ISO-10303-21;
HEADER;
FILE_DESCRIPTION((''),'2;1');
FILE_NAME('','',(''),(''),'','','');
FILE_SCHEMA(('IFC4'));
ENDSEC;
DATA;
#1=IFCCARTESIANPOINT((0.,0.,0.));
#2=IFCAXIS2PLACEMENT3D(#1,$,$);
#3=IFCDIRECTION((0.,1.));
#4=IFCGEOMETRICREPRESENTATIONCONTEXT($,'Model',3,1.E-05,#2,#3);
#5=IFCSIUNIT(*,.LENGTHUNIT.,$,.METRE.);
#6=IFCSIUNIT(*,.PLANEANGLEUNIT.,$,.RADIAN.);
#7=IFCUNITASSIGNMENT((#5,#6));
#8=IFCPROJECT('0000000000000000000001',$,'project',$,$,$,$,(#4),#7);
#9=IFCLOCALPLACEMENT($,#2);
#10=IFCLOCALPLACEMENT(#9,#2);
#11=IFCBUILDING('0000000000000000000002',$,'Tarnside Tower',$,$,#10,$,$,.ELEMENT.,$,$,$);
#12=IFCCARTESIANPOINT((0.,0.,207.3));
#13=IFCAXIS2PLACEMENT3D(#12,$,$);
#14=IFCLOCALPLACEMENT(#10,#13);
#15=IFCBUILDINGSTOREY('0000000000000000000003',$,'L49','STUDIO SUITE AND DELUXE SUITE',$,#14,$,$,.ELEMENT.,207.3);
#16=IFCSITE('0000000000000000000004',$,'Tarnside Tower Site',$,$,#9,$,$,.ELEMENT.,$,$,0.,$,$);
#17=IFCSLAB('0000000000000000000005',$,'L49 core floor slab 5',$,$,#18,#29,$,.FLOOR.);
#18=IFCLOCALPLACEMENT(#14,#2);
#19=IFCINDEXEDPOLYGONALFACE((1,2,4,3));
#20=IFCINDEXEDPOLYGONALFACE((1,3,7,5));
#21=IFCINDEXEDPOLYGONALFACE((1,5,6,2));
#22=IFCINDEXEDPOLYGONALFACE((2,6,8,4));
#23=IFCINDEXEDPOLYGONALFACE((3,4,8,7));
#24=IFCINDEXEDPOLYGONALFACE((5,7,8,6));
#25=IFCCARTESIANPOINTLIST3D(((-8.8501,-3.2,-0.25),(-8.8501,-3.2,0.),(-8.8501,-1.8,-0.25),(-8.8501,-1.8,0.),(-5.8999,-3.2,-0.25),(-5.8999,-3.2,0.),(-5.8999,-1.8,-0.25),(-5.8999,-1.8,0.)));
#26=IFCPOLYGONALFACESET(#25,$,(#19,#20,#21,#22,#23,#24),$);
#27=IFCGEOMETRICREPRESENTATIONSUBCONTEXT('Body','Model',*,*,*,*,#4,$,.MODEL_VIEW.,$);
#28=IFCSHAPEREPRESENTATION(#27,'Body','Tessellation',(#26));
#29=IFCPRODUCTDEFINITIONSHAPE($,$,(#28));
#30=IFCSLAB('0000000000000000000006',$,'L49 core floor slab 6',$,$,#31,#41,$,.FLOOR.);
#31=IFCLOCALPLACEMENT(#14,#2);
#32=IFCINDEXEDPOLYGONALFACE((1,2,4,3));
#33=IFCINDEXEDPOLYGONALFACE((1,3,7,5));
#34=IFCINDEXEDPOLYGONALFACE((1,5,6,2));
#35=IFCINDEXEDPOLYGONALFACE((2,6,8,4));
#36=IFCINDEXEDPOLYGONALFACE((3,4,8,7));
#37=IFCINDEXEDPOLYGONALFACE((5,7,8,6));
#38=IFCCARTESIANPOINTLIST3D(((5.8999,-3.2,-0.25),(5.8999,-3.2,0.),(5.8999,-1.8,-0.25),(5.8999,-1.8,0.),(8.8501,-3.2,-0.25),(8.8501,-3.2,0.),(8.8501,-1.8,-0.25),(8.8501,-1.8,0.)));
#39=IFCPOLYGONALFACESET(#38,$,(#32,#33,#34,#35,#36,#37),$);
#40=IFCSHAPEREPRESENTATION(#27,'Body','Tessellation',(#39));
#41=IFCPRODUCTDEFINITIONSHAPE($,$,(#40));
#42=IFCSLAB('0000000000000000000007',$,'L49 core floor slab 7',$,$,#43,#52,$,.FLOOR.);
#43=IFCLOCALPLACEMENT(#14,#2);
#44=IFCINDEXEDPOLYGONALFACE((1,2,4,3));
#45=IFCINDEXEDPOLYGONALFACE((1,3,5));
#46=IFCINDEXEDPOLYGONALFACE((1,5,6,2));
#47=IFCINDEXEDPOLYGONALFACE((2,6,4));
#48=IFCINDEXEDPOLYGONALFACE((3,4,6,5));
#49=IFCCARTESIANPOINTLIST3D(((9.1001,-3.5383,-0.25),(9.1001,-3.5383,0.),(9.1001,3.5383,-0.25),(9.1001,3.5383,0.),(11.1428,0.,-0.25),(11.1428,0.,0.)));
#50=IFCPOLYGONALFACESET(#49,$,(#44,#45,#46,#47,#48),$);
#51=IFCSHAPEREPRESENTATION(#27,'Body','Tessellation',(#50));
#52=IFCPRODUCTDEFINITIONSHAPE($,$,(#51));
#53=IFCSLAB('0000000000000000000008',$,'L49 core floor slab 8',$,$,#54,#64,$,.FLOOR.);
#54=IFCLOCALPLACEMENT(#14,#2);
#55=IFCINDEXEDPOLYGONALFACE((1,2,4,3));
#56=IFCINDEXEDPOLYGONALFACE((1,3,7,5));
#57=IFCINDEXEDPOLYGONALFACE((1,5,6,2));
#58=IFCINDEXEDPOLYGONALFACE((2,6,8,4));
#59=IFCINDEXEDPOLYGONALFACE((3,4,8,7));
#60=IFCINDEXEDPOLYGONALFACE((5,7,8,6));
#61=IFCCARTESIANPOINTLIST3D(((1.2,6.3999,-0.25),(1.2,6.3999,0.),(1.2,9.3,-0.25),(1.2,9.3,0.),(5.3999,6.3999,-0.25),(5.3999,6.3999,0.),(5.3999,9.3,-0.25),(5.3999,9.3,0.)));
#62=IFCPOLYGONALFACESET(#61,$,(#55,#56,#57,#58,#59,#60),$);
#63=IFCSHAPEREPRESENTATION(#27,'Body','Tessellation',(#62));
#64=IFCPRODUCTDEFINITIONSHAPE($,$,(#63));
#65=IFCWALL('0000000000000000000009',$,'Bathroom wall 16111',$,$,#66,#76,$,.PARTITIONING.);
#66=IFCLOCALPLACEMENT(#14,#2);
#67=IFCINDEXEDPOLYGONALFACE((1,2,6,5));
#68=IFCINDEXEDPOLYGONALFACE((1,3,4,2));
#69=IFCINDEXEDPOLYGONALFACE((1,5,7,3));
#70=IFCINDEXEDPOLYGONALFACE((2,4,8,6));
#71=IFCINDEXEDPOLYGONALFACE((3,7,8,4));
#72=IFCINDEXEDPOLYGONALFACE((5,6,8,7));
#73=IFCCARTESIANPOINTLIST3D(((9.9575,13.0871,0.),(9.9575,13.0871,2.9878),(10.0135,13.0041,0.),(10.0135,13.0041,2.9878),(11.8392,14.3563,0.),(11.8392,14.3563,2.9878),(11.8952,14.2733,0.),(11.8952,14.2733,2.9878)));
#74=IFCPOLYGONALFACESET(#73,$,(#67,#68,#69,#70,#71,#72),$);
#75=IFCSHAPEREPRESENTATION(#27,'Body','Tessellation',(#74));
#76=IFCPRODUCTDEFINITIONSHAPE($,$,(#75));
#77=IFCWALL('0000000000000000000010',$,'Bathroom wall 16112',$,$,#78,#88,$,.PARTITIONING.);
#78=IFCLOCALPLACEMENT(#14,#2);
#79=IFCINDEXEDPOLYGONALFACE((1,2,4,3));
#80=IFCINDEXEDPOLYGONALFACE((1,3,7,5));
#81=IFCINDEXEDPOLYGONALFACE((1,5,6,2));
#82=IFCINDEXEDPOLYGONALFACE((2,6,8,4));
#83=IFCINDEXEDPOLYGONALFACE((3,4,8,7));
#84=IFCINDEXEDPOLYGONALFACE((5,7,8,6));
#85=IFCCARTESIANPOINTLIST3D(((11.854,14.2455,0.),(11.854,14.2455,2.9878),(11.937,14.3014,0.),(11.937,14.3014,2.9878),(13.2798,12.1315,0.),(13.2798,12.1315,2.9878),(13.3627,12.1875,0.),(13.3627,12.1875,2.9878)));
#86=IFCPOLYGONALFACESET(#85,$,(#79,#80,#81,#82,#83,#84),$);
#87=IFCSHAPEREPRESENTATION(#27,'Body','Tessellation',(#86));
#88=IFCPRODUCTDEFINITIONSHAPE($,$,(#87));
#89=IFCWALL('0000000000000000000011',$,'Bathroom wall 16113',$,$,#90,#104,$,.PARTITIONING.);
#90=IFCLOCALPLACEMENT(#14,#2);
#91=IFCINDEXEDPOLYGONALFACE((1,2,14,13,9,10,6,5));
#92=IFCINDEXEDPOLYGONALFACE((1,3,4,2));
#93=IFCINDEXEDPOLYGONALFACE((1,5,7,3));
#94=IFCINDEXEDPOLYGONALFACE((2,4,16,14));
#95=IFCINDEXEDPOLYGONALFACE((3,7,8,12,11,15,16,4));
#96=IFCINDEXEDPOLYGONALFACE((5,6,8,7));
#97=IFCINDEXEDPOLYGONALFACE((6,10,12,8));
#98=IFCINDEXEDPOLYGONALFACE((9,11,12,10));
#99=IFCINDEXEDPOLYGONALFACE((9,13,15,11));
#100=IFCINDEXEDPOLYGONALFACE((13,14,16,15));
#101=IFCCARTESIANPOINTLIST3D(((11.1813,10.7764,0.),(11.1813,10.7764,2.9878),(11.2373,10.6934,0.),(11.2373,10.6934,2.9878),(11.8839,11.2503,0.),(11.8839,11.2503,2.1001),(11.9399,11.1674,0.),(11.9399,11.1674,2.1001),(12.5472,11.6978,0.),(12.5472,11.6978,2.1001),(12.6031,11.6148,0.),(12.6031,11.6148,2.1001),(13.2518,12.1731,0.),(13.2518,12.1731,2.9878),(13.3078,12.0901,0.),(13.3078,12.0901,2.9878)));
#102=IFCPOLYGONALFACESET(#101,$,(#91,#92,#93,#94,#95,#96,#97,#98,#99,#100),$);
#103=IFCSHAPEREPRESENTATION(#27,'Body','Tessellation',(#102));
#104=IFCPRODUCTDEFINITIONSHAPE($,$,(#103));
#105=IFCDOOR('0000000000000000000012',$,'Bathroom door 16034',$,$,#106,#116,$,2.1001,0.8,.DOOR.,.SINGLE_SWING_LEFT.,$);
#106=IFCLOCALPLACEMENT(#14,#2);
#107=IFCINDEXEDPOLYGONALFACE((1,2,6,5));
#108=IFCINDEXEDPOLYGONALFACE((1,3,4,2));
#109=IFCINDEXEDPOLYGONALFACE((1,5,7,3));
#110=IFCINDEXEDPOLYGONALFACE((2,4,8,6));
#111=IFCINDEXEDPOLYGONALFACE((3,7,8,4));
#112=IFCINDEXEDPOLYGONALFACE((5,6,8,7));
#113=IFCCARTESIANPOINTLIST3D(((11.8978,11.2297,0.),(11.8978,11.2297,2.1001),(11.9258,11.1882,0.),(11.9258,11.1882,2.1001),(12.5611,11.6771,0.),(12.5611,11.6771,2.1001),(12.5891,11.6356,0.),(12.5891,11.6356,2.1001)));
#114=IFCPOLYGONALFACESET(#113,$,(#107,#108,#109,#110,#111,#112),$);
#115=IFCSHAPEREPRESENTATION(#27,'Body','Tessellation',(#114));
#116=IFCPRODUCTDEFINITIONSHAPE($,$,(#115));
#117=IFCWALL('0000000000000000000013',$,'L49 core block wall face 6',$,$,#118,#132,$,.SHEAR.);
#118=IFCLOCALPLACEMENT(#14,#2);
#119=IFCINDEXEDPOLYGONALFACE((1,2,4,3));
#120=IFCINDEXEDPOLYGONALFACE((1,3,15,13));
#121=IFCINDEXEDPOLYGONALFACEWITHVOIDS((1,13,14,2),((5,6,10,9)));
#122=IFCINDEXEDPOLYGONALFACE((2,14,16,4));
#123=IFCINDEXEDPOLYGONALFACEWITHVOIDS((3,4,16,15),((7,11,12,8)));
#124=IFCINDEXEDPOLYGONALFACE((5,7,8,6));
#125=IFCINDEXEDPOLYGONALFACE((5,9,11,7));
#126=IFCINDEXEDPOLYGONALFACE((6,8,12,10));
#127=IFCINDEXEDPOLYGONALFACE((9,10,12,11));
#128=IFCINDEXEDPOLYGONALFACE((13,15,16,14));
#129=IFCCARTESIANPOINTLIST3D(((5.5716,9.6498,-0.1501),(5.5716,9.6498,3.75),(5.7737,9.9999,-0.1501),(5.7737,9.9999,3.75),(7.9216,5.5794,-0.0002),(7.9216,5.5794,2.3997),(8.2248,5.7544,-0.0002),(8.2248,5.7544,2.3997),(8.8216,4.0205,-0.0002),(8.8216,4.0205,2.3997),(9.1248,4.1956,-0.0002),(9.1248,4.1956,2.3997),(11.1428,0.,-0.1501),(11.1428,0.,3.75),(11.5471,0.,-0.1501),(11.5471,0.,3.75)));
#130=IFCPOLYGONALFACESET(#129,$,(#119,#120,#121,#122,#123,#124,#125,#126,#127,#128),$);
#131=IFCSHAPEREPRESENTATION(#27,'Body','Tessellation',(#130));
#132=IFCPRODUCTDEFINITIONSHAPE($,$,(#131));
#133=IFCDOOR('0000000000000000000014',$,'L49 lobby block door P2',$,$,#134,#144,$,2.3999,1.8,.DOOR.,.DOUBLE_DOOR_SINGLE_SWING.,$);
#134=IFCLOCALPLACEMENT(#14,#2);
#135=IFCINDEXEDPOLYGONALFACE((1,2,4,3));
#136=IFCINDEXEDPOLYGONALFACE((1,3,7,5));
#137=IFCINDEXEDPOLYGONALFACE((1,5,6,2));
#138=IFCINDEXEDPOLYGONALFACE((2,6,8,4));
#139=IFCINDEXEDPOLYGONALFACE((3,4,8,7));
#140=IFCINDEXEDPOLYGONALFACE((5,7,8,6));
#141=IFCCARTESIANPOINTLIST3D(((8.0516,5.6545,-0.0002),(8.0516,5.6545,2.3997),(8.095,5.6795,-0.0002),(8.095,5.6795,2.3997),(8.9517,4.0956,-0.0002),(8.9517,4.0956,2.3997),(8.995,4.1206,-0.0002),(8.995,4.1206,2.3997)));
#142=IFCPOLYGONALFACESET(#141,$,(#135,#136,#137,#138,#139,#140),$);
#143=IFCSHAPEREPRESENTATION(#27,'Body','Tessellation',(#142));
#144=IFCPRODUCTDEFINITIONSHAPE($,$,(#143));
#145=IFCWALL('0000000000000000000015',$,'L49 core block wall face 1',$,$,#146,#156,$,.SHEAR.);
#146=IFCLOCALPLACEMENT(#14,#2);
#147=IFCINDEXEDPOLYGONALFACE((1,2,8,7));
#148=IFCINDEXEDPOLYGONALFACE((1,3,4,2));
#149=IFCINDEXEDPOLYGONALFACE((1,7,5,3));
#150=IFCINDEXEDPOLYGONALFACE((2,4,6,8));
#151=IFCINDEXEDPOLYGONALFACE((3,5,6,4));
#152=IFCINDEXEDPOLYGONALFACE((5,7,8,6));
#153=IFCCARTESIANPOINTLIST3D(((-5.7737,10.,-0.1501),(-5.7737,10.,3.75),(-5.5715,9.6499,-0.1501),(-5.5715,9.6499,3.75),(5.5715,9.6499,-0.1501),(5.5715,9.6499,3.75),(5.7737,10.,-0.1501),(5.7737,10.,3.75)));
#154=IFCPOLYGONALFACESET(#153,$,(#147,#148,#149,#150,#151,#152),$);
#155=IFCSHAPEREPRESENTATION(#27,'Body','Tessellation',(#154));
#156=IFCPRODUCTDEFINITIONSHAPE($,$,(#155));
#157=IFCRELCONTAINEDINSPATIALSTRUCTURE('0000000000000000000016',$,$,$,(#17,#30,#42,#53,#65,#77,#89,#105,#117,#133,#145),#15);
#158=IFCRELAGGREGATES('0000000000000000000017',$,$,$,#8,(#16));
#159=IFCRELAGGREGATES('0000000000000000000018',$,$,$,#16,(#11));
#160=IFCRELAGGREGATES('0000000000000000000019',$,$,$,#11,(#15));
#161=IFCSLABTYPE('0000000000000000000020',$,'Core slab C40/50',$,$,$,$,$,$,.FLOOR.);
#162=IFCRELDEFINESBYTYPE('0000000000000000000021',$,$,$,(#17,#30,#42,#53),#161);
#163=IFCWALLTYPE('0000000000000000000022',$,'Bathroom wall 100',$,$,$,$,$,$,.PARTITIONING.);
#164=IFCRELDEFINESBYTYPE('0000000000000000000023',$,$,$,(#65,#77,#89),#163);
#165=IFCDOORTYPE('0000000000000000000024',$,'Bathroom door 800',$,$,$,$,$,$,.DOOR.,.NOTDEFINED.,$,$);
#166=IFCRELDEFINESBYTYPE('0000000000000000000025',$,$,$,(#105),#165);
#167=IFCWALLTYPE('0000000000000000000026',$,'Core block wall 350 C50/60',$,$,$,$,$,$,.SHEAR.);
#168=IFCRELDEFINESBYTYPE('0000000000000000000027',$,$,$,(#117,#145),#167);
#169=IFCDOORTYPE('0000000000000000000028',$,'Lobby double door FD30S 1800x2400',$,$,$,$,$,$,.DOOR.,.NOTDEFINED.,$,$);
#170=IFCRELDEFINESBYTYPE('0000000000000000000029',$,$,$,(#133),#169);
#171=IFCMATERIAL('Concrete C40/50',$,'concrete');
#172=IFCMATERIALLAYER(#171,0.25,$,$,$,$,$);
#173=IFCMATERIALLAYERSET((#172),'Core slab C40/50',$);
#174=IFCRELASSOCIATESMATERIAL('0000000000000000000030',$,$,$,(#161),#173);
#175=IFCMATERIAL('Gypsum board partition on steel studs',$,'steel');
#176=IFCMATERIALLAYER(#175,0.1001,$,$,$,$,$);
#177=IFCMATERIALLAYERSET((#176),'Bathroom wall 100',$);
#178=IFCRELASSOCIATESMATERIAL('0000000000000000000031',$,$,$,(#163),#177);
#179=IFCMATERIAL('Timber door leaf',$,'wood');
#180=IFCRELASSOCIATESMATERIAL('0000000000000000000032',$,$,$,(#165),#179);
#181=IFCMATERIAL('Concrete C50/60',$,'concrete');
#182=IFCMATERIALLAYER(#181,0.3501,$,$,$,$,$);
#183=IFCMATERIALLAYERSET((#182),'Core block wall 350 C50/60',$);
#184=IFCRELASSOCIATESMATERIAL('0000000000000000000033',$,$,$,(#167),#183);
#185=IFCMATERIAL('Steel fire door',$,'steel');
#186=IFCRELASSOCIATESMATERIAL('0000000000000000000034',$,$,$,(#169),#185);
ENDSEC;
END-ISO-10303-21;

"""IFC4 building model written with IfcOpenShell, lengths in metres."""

from ifc_helpers import new_model, si_unit, direction, frame, frame_2d, origin, place, context, subcontext, project, spatial, polyline, rectangle, outline, extrude, material, layer, layer_set, type_object, element, fill, save


model = new_model("IFC4")

# Units and contexts
model_context = context("Model", 3, precision=1e-05, world=origin(), true_north=direction((0.0, 1.0)))
body_context = subcontext(model_context, "Body", "Model", "MODEL_VIEW")
ifc_project = project(units=[si_unit("LENGTHUNIT", "METRE"), si_unit("PLANEANGLEUNIT", "RADIAN")], contexts=[model_context])

# Site, building, storey
site_placement = place(None, origin())
site = spatial("IfcSite", under=ifc_project, at=site_placement, Name="Tarnside Tower Site", CompositionType="ELEMENT", RefElevation=0.0)
building_placement = place(site_placement, origin())
building = spatial("IfcBuilding", under=site, at=building_placement, Name="Tarnside Tower", CompositionType="ELEMENT")
storey_placement = place(building_placement, frame((0.0, 0.0, 207.3)))
storey = spatial("IfcBuildingStorey", under=building, at=storey_placement, Name="L49", Description="STUDIO SUITE AND DELUXE SUITE", CompositionType="ELEMENT", Elevation=207.3)

# Slabs
ifc_material_1 = material(Name="Concrete C40/50", Category="concrete")
ifc_layer_1 = layer(ifc_material_1, 0.25)
ifc_layer_set_1 = layer_set([ifc_layer_1], Name="Core slab C40/50")
slab_type = type_object("IfcSlabType", Name="Core slab C40/50", PredefinedType="FLOOR", material=ifc_layer_set_1)
slab_1_placement = place(storey_placement, frame((0.0, 0.0, -0.25)))
element("IfcSlab", 1, at=slab_1_placement, inside=storey, type_object=slab_type, Name="L49 core floor slab 5", PredefinedType="FLOOR", context=body_context, shape_type="SweptSolid", body=[
    extrude(outline(polyline([(-8.8501, -1.8), (-5.8999, -1.8), (-5.8999, -3.2), (-8.8501, -3.2), (-8.8501, -1.8)])), origin(), (0.0, 0.0, 1.0), 0.25),
])
slab_2_placement = place(storey_placement, frame((0.0, 0.0, -0.25)))
element("IfcSlab", 2, at=slab_2_placement, inside=storey, type_object=slab_type, Name="L49 core floor slab 6", PredefinedType="FLOOR", context=body_context, shape_type="SweptSolid", body=[
    extrude(outline(polyline([(5.8999, -3.2), (5.8999, -1.8), (8.8501, -1.8), (8.8501, -3.2), (5.8999, -3.2)])), origin(), (0.0, 0.0, 1.0), 0.25),
])
slab_3_placement = place(storey_placement, frame((0.0, 0.0, -0.25)))
element("IfcSlab", 3, at=slab_3_placement, inside=storey, type_object=slab_type, Name="L49 core floor slab 7", PredefinedType="FLOOR", context=body_context, shape_type="SweptSolid", body=[
    extrude(outline(polyline([(9.1001, -3.5383), (9.1001, 3.5383), (11.1428, 0.0), (9.1001, -3.5383)])), origin(), (0.0, 0.0, 1.0), 0.25),
])
slab_4_placement = place(storey_placement, frame((0.0, 0.0, -0.25)))
element("IfcSlab", 4, at=slab_4_placement, inside=storey, type_object=slab_type, Name="L49 core floor slab 8", PredefinedType="FLOOR", context=body_context, shape_type="SweptSolid", body=[
    extrude(outline(polyline([(5.3999, 9.3), (5.3999, 6.3999), (1.2, 6.3999), (1.2, 9.3), (5.3999, 9.3)])), origin(), (0.0, 0.0, 1.0), 0.25),
])

# Walls
ifc_material_2 = material(Name="Gypsum board partition on steel studs", Category="steel")
ifc_layer_2 = layer(ifc_material_2, 0.1001)
ifc_layer_set_2 = layer_set([ifc_layer_2], Name="Bathroom wall 100")
wall_type_1 = type_object("IfcWallType", Name="Bathroom wall 100", PredefinedType="PARTITIONING", material=ifc_layer_set_2)
wall_1_placement = place(storey_placement, frame((9.9856, 13.0457, 0.0), z_axis=(0.0, 0.0, 1.0), x_axis=(0.829043, 0.559185, 0.0)))
element("IfcWall", 5, at=wall_1_placement, inside=storey, type_object=wall_type_1, Name="Bathroom wall 16111", PredefinedType="PARTITIONING", context=body_context, shape_type="SweptSolid", body=[
    extrude(rectangle(XDim=2.2698, YDim=0.1001, at=frame_2d((1.1348, 0.0))), origin(), (0.0, 0.0, 1.0), 2.9878),
])
wall_2_placement = place(storey_placement, frame((11.8955, 14.2734, 0.0), z_axis=(0.0, 0.0, 1.0), x_axis=(0.559155, -0.829063, 0.0)))
element("IfcWall", 6, at=wall_2_placement, inside=storey, type_object=wall_type_1, Name="Bathroom wall 16112", PredefinedType="PARTITIONING", context=body_context, shape_type="SweptSolid", body=[
    extrude(rectangle(XDim=2.5498, YDim=0.1001, at=frame_2d((1.2749, 0.0))), origin(), (0.0, 0.0, 1.0), 2.9878),
])

# Walls, openings, doors
wall_3_placement = place(storey_placement, frame((13.2798, 12.1316, 0.0), z_axis=(0.0, 0.0, 1.0), x_axis=(-0.829015, -0.559226, 0.0)))
wall_3 = element("IfcWall", 7, at=wall_3_placement, inside=storey, type_object=wall_type_1, Name="Bathroom wall 16113", PredefinedType="PARTITIONING", context=body_context, shape_type="SweptSolid", body=[
    extrude(rectangle(XDim=2.4976, YDim=0.1001, at=frame_2d((1.2488, 0.0))), origin(), (0.0, 0.0, 1.0), 2.9878),
])
opening_1_placement = place(wall_3_placement, frame((0.8501, 0.0, 0.0)))
opening_1 = element("IfcOpeningElement", 8, at=opening_1_placement, cuts=wall_3, PredefinedType="OPENING", context=body_context, shape_type="SweptSolid", body=[
    extrude(rectangle(XDim=0.8, YDim=2.1001, at=frame_2d((0.3999, 1.05))), frame((0.0, 0.0601, 0.0), z_axis=(0.0, -1.0, 0.0), x_axis=(1.0, 0.0, 0.0)), (0.0, 0.0, 1.0), 0.1201),
])
ifc_material_3 = material(Name="Timber door leaf", Category="wood")
door_type_1 = type_object("IfcDoorType", Name="Bathroom door 800", OperationType="NOTDEFINED", PredefinedType="DOOR", material=ifc_material_3)
door_1_placement = place(opening_1_placement, origin())
door_1 = element("IfcDoor", 9, at=door_1_placement, inside=storey, type_object=door_type_1, Name="Bathroom door 16034", OperationType="SINGLE_SWING_LEFT", OverallHeight=2.1001, OverallWidth=0.8, PredefinedType="DOOR", context=body_context, shape_type="SweptSolid", body=[
    extrude(rectangle(XDim=0.8, YDim=2.1001, at=frame_2d((0.3999, 1.05))), frame((0.0, 0.0249, 0.0), z_axis=(0.0, -1.0, 0.0), x_axis=(1.0, 0.0, 0.0)), (0.0, 0.0, 1.0), 0.05),
])
fill(opening_1, door_1)
ifc_material_4 = material(Name="Concrete C50/60", Category="concrete")
ifc_layer_3 = layer(ifc_material_4, 0.3501)
ifc_layer_set_3 = layer_set([ifc_layer_3], Name="Core block wall 350 C50/60")
wall_type_2 = type_object("IfcWallType", Name="Core block wall 350 C50/60", PredefinedType="SHEAR", material=ifc_layer_set_3)
wall_4_placement = place(storey_placement, frame((11.345, 0.0, -0.1501), z_axis=(0.0, 0.0, 1.0), x_axis=(-0.499995, 0.866028, 0.0)))
wall_4 = element("IfcWall", 10, at=wall_4_placement, inside=storey, type_object=wall_type_2, Name="L49 core block wall face 6", PredefinedType="SHEAR", context=body_context, shape_type="SweptSolid", body=[
    extrude(outline(polyline([(-0.1011, -0.175), (11.4458, -0.175), (11.2437, 0.175), (0.1011, 0.175), (-0.1011, -0.175)])), origin(), (0.0, 0.0, 1.0), 3.9001),
])
opening_2_placement = place(wall_4_placement, frame((4.7437, 0.0, 0.1499)))
opening_2 = element("IfcOpeningElement", 11, at=opening_2_placement, cuts=wall_4, PredefinedType="OPENING", context=body_context, shape_type="SweptSolid", body=[
    extrude(rectangle(XDim=1.8, YDim=2.3999, at=frame_2d((0.8999, 1.2))), frame((0.0, 0.1851, 0.0), z_axis=(0.0, -1.0, 0.0), x_axis=(1.0, 0.0, 0.0)), (0.0, 0.0, 1.0), 0.3701),
])
ifc_material_5 = material(Name="Steel fire door", Category="steel")
door_type_2 = type_object("IfcDoorType", Name="Lobby double door FD30S 1800x2400", OperationType="NOTDEFINED", PredefinedType="DOOR", material=ifc_material_5)
door_2_placement = place(opening_2_placement, origin())
door_2 = element("IfcDoor", 12, at=door_2_placement, inside=storey, type_object=door_type_2, Name="L49 lobby block door P2", OperationType="DOUBLE_DOOR_SINGLE_SWING", OverallHeight=2.3999, OverallWidth=1.8, PredefinedType="DOOR", context=body_context, shape_type="SweptSolid", body=[
    extrude(rectangle(XDim=1.8, YDim=2.3999, at=frame_2d((0.8999, 1.2))), frame((0.0, 0.0249, 0.0), z_axis=(0.0, -1.0, 0.0), x_axis=(1.0, 0.0, 0.0)), (0.0, 0.0, 1.0), 0.05),
])
fill(opening_2, door_2)

# Wall
wall_5_placement = place(storey_placement, frame((5.6726, 9.825, -0.1501), z_axis=(0.0, 0.0, 1.0), x_axis=(-1.0, 0.0, 0.0)))
element("IfcWall", 13, at=wall_5_placement, inside=storey, type_object=wall_type_2, Name="L49 core block wall face 1", PredefinedType="SHEAR", context=body_context, shape_type="SweptSolid", body=[
    extrude(outline(polyline([(-0.1011, -0.175), (11.4463, -0.175), (11.2441, 0.175), (0.1011, 0.175), (-0.1011, -0.175)])), origin(), (0.0, 0.0, 1.0), 3.9001),
])

save(model, "model.ifc")
